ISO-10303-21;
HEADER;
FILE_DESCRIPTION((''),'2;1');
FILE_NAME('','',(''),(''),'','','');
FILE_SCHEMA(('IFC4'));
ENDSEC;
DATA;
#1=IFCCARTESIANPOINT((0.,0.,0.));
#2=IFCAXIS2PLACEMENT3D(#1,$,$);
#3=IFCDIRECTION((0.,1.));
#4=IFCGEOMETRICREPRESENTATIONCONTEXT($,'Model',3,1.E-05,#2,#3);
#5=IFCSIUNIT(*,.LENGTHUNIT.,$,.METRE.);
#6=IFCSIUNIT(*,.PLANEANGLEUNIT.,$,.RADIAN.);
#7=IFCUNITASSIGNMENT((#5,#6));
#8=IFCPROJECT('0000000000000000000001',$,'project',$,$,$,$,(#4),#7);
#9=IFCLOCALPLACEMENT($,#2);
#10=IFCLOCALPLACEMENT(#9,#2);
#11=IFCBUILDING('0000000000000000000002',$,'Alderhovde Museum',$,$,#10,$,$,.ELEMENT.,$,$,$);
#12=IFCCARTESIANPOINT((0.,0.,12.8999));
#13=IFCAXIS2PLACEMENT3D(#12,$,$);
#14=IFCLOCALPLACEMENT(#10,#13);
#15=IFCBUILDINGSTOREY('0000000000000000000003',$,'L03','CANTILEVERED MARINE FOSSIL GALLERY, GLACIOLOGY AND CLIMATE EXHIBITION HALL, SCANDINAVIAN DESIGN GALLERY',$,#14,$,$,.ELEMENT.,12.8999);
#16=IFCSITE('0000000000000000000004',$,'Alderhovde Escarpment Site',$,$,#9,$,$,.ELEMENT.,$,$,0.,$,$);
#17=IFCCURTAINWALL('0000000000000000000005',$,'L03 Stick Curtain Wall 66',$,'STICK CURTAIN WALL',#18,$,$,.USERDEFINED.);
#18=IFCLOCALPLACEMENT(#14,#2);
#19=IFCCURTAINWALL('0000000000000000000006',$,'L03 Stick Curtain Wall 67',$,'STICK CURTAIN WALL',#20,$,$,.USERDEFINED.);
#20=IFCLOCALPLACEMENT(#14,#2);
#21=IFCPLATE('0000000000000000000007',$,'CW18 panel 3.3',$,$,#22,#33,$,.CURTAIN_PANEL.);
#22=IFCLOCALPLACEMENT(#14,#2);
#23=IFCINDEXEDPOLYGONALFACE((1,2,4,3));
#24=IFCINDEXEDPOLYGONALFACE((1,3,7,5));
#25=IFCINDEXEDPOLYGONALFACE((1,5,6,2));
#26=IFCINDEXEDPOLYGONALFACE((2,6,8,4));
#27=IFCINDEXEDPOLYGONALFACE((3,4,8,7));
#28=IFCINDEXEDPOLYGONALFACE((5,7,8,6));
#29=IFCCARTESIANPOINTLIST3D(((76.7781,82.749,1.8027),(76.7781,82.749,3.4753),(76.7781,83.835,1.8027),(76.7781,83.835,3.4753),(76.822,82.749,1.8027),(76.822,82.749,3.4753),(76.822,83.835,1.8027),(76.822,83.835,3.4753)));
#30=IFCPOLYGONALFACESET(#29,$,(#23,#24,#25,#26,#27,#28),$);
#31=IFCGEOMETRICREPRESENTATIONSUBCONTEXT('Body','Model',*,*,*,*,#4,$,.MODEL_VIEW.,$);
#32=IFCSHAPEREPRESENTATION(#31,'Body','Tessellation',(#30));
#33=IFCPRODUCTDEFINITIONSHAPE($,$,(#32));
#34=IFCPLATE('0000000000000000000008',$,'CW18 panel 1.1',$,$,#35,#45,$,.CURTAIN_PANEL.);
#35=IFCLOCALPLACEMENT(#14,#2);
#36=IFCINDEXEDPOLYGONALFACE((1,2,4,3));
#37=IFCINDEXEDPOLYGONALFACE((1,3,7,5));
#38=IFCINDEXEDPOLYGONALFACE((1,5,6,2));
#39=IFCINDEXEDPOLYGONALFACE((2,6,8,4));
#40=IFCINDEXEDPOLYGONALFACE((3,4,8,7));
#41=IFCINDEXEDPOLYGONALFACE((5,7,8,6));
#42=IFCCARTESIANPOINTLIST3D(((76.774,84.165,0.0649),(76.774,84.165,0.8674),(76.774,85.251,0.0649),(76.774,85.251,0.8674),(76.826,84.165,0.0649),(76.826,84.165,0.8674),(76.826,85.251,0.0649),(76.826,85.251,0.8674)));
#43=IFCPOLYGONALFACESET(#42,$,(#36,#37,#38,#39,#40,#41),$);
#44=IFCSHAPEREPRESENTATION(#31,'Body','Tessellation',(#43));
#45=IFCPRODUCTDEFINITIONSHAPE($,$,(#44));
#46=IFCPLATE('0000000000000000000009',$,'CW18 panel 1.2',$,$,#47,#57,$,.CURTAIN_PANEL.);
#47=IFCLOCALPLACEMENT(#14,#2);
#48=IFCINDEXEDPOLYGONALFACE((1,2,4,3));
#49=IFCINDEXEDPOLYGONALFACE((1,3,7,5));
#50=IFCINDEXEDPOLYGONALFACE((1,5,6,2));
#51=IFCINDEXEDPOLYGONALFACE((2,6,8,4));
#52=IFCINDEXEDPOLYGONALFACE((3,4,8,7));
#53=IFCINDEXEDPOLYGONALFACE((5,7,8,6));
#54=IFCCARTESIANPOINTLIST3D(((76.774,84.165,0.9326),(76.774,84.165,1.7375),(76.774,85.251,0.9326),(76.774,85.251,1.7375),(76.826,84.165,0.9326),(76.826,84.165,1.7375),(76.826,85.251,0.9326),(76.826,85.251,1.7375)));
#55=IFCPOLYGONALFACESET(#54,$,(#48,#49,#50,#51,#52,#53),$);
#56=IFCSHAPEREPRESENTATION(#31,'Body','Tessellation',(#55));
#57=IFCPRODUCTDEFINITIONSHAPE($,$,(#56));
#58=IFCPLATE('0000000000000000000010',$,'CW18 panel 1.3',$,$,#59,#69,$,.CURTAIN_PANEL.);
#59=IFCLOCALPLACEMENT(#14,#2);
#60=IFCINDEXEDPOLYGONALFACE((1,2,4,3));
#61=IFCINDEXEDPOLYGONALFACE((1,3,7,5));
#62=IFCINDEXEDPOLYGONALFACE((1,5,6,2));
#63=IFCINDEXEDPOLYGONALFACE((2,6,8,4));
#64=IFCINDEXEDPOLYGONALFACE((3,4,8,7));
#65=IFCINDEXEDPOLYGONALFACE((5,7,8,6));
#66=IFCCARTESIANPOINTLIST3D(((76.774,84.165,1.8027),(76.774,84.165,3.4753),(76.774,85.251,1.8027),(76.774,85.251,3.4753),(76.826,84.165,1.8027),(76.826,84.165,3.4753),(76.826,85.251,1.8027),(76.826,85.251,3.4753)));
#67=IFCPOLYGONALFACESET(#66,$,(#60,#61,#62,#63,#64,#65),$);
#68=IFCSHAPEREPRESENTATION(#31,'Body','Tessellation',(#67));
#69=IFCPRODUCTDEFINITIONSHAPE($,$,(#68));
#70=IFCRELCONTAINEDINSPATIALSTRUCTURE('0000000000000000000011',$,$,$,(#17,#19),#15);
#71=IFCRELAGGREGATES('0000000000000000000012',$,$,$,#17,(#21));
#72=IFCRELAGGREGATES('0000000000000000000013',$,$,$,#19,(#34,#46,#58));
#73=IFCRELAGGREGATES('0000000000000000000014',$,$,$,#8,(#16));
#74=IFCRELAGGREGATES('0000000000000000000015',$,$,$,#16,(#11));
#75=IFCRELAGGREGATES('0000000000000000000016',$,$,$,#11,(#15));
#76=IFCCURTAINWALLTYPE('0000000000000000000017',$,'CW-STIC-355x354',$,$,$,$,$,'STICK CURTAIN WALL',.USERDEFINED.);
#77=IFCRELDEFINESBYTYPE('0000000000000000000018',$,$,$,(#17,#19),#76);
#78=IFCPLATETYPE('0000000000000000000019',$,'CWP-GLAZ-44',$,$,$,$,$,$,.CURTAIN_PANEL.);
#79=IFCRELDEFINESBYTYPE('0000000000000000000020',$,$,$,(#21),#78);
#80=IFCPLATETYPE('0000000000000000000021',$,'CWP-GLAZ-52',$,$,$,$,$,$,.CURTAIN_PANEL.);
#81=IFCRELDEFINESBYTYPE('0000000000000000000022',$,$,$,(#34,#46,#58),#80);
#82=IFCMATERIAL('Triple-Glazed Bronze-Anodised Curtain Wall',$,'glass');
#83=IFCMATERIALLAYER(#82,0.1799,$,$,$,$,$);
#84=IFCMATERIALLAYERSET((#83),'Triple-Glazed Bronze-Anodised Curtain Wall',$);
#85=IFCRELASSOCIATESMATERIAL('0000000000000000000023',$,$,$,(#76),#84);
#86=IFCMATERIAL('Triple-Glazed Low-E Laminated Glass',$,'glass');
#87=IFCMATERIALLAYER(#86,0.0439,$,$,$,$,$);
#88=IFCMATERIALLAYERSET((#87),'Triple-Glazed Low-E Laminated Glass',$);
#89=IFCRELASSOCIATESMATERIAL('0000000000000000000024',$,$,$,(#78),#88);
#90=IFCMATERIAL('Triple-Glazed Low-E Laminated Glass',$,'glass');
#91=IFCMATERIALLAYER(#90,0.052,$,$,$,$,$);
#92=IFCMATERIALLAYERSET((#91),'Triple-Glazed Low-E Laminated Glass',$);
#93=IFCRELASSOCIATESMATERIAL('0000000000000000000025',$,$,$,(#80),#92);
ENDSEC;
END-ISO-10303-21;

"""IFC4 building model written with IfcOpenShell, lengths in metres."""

from ifc_helpers import new_model, si_unit, direction, frame, origin, origin_2d, place, context, subcontext, project, spatial, rectangle, extrude, material, layer, layer_set, type_object, element, aggregate, save


model = new_model("IFC4")

# Units and contexts
model_context = context("Model", 3, precision=1e-05, world=origin(), true_north=direction((0.0, 1.0)))
body_context = subcontext(model_context, "Body", "Model", "MODEL_VIEW")
ifc_project = project(units=[si_unit("LENGTHUNIT", "METRE"), si_unit("PLANEANGLEUNIT", "RADIAN")], contexts=[model_context])

# Site, building, storey
site_placement = place(None, origin())
site = spatial("IfcSite", under=ifc_project, at=site_placement, Name="Alderhovde Escarpment Site", CompositionType="ELEMENT", RefElevation=0.0)
building_placement = place(site_placement, origin())
building = spatial("IfcBuilding", under=site, at=building_placement, Name="Alderhovde Museum", CompositionType="ELEMENT")
storey_placement = place(building_placement, frame((0.0, 0.0, 12.8999)))
storey = spatial("IfcBuildingStorey", under=building, at=storey_placement, Name="L03", Description="CANTILEVERED MARINE FOSSIL GALLERY, GLACIOLOGY AND CLIMATE EXHIBITION HALL, SCANDINAVIAN DESIGN GALLERY", CompositionType="ELEMENT", Elevation=12.8999)

# Curtain walls
ifc_material_1 = material(Name="Triple-Glazed Bronze-Anodised Curtain Wall", Category="glass")
ifc_layer_1 = layer(ifc_material_1, 0.1799)
ifc_layer_set_1 = layer_set([ifc_layer_1], Name="Triple-Glazed Bronze-Anodised Curtain Wall")
curtain_wall_type = type_object("IfcCurtainWallType", Name="CW-STIC-355x354", ElementType="STICK CURTAIN WALL", PredefinedType="USERDEFINED", material=ifc_layer_set_1)
curtain_wall_1_placement = place(storey_placement, origin())
curtain_wall_1 = element("IfcCurtainWall", 1, at=curtain_wall_1_placement, inside=storey, type_object=curtain_wall_type, Name="L03 Stick Curtain Wall 66", ObjectType="STICK CURTAIN WALL", PredefinedType="USERDEFINED")
curtain_wall_2_placement = place(storey_placement, origin())
curtain_wall_2 = element("IfcCurtainWall", 2, at=curtain_wall_2_placement, inside=storey, type_object=curtain_wall_type, Name="L03 Stick Curtain Wall 67", ObjectType="STICK CURTAIN WALL", PredefinedType="USERDEFINED")

# Plates
ifc_material_2 = material(Name="Triple-Glazed Low-E Laminated Glass", Category="glass")
ifc_layer_2 = layer(ifc_material_2, 0.0439)
ifc_layer_set_2 = layer_set([ifc_layer_2], Name="Triple-Glazed Low-E Laminated Glass")
plate_type_1 = type_object("IfcPlateType", Name="CWP-GLAZ-44", PredefinedType="CURTAIN_PANEL", material=ifc_layer_set_2)
plate_1_placement = place(storey_placement, frame((76.8, 83.292, 1.8027), z_axis=(0.0, 0.0, 1.0), x_axis=(0.0, 1.0, 0.0)))
plate_1 = element("IfcPlate", 3, at=plate_1_placement, type_object=plate_type_1, Name="CW18 panel 3.3", PredefinedType="CURTAIN_PANEL", context=body_context, shape_type="SweptSolid", body=[
    extrude(rectangle(XDim=1.0859, YDim=0.0439, at=origin_2d()), origin(), (0.0, 0.0, 1.0), 1.6726),
])
aggregate(curtain_wall_1, [plate_1])
ifc_material_3 = material(Name="Triple-Glazed Low-E Laminated Glass", Category="glass")
ifc_layer_3 = layer(ifc_material_3, 0.052)
ifc_layer_set_3 = layer_set([ifc_layer_3], Name="Triple-Glazed Low-E Laminated Glass")
plate_type_2 = type_object("IfcPlateType", Name="CWP-GLAZ-52", PredefinedType="CURTAIN_PANEL", material=ifc_layer_set_3)
plate_2_placement = place(storey_placement, frame((76.8, 84.708, 0.0649), z_axis=(0.0, 0.0, 1.0), x_axis=(0.0, 1.0, 0.0)))
plate_2 = element("IfcPlate", 4, at=plate_2_placement, type_object=plate_type_2, Name="CW18 panel 1.1", PredefinedType="CURTAIN_PANEL", context=body_context, shape_type="SweptSolid", body=[
    extrude(rectangle(XDim=1.0859, YDim=0.052, at=origin_2d()), origin(), (0.0, 0.0, 1.0), 0.8025),
])
plate_3_placement = place(storey_placement, frame((76.8, 84.708, 0.9326), z_axis=(0.0, 0.0, 1.0), x_axis=(0.0, 1.0, 0.0)))
plate_3 = element("IfcPlate", 5, at=plate_3_placement, type_object=plate_type_2, Name="CW18 panel 1.2", PredefinedType="CURTAIN_PANEL", context=body_context, shape_type="SweptSolid", body=[
    extrude(rectangle(XDim=1.0859, YDim=0.052, at=origin_2d()), origin(), (0.0, 0.0, 1.0), 0.8049),
])
plate_4_placement = place(storey_placement, frame((76.8, 84.708, 1.8027), z_axis=(0.0, 0.0, 1.0), x_axis=(0.0, 1.0, 0.0)))
plate_4 = element("IfcPlate", 6, at=plate_4_placement, type_object=plate_type_2, Name="CW18 panel 1.3", PredefinedType="CURTAIN_PANEL", context=body_context, shape_type="SweptSolid", body=[
    extrude(rectangle(XDim=1.0859, YDim=0.052, at=origin_2d()), origin(), (0.0, 0.0, 1.0), 1.6726),
])
aggregate(curtain_wall_2, [plate_2, plate_3, plate_4])

save(model, "model.ifc")
